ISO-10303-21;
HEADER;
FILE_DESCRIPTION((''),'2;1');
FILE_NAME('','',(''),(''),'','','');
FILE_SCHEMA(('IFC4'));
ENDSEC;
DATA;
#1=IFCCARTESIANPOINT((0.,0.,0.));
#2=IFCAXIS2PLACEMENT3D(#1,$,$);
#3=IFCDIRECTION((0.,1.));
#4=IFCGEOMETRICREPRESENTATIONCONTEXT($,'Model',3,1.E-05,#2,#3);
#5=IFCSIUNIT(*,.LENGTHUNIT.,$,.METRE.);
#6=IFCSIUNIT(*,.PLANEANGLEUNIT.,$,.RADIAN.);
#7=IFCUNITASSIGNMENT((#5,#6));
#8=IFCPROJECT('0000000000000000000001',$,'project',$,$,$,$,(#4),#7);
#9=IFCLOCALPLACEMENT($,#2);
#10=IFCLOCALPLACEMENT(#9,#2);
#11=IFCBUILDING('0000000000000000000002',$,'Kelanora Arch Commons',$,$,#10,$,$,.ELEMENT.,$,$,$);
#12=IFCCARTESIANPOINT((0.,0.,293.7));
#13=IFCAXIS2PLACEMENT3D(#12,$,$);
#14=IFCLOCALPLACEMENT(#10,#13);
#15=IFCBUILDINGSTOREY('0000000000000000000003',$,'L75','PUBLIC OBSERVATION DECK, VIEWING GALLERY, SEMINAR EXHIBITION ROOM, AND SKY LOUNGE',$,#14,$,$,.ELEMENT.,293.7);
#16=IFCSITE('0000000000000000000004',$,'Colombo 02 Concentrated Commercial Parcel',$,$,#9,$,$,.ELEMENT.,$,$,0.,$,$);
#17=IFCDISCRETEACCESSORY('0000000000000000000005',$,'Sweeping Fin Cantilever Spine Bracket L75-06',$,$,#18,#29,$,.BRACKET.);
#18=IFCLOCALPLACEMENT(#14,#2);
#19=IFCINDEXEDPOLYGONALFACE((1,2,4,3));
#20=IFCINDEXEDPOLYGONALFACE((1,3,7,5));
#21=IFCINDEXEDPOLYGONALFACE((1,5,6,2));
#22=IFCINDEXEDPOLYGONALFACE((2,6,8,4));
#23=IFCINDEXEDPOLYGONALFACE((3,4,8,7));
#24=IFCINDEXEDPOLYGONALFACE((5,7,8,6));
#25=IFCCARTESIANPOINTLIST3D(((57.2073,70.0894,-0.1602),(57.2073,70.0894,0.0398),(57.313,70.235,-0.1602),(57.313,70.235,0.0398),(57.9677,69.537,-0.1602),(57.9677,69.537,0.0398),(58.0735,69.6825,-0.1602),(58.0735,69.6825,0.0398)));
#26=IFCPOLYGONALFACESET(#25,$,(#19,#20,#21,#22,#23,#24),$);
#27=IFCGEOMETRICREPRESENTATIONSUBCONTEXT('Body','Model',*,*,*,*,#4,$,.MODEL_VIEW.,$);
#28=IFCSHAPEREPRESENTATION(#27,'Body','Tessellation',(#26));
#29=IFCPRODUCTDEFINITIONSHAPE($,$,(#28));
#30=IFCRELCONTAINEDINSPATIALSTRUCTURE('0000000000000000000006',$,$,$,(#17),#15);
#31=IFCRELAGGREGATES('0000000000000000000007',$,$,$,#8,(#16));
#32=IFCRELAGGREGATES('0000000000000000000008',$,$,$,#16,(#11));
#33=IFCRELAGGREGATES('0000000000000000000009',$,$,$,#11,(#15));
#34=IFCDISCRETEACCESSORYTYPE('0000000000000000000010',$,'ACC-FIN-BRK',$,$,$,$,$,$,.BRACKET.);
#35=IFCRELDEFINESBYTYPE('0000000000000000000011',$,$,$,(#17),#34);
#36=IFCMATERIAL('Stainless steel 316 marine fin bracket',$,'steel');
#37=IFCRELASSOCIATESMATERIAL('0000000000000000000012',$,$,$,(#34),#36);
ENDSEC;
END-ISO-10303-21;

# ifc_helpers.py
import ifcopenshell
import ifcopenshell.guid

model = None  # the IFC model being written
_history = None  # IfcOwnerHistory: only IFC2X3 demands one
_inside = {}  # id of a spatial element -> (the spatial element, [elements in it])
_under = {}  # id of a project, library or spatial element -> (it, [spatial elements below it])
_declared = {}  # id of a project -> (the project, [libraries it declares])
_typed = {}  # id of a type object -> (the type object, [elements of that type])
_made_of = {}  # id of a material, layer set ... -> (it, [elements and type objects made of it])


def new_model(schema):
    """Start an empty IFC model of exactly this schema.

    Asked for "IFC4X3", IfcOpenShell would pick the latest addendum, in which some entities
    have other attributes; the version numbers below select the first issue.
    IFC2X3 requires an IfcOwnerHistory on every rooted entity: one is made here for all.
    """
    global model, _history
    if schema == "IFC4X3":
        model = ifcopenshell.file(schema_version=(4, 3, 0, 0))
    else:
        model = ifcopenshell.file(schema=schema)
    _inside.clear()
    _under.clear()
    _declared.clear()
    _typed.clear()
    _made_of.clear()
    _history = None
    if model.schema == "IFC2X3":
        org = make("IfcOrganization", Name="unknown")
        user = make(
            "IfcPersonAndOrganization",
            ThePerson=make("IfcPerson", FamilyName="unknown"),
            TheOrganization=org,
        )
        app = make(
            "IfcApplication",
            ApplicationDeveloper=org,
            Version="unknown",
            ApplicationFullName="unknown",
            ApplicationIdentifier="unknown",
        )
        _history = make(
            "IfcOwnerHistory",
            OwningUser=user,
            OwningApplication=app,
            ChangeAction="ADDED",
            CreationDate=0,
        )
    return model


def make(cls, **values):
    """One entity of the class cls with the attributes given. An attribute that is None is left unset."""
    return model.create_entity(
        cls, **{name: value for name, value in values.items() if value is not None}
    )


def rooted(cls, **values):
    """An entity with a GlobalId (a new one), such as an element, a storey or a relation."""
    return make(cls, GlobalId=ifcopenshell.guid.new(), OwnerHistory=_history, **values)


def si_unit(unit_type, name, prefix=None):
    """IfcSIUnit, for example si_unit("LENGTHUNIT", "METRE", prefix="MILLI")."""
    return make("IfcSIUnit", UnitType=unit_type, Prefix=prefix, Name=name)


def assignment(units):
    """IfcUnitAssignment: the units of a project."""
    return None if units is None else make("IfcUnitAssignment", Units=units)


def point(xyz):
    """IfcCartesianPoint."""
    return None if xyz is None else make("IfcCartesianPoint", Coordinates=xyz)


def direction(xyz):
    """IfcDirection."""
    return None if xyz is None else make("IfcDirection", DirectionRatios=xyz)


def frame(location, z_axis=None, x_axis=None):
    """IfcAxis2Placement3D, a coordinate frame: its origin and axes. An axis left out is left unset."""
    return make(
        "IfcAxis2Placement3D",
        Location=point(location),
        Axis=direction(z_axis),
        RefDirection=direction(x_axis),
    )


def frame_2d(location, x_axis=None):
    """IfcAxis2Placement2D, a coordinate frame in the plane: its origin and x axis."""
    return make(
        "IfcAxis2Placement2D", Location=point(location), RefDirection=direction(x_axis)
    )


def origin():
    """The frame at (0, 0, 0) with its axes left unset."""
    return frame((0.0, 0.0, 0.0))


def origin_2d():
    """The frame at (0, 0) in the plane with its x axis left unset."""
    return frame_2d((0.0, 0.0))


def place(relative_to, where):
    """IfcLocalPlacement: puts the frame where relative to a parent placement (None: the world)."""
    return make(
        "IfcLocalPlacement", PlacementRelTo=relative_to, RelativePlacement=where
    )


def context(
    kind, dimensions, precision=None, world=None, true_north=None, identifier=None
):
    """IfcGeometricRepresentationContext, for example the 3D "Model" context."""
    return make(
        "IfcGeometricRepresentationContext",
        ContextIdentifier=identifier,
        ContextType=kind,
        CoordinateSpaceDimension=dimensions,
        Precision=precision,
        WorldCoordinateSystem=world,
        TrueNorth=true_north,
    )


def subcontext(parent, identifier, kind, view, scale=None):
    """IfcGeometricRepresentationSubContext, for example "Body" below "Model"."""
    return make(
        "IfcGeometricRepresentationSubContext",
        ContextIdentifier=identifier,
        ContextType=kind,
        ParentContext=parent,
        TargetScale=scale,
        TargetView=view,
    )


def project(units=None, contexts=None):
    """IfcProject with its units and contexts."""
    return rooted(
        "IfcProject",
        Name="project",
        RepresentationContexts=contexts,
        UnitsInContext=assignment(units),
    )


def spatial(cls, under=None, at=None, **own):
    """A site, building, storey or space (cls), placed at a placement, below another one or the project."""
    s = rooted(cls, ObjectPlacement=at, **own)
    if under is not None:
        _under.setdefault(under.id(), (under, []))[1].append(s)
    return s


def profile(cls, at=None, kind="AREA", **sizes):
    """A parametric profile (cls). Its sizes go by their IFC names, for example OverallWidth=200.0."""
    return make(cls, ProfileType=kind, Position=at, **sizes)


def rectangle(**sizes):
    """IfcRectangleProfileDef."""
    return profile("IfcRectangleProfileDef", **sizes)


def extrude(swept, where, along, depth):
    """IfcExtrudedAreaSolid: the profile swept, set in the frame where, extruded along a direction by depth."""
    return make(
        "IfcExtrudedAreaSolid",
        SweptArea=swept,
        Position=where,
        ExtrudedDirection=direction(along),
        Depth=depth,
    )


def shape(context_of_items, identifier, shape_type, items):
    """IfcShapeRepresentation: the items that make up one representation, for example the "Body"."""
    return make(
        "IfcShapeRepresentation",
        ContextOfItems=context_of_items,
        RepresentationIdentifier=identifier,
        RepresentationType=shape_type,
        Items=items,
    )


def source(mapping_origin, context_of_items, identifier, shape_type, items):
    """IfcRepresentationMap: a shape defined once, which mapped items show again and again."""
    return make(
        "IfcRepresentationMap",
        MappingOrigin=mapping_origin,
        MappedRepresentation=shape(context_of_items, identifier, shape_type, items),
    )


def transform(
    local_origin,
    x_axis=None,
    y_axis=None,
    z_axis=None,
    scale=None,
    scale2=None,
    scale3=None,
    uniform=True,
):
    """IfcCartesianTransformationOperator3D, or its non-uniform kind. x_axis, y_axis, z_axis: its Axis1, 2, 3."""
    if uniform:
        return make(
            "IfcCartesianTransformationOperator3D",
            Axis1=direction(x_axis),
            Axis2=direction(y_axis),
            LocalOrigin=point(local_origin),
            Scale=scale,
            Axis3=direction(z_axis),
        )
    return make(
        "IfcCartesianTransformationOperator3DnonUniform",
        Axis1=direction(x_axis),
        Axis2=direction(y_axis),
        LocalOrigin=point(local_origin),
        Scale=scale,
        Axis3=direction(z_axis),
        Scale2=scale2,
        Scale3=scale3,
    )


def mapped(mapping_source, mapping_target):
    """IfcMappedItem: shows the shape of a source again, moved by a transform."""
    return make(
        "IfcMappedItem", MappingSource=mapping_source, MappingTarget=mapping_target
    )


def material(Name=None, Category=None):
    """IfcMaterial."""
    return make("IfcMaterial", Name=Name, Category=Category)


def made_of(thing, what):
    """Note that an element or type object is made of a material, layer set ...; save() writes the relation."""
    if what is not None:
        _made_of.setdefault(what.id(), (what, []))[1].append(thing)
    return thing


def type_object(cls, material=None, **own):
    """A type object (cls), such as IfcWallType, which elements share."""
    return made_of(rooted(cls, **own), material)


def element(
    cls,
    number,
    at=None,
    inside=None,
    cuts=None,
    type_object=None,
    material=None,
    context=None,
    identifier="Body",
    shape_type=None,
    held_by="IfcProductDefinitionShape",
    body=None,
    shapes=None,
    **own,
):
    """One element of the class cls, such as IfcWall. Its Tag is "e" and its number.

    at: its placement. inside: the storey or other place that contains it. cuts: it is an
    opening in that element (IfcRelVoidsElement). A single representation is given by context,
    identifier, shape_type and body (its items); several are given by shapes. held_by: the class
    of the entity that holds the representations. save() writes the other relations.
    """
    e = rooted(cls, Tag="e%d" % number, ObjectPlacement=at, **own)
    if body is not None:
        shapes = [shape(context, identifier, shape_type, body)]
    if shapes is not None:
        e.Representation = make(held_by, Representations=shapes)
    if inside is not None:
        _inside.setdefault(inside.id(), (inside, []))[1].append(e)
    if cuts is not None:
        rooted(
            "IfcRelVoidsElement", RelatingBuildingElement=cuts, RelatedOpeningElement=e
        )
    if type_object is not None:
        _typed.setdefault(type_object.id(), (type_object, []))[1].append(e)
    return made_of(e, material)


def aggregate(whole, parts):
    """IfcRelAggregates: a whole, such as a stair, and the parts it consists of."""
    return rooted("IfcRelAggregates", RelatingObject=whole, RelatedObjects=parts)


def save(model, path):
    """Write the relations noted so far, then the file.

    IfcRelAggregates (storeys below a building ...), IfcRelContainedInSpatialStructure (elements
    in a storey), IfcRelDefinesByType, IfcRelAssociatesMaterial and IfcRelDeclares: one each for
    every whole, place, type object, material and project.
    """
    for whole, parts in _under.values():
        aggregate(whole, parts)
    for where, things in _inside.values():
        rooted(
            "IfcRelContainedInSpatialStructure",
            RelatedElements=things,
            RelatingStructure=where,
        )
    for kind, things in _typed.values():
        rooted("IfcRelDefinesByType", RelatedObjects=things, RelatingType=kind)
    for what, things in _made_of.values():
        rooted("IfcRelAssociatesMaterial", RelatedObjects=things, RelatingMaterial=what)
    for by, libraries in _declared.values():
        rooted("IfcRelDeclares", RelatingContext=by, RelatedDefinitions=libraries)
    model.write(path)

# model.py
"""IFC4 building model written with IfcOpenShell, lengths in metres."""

from ifc_helpers import new_model, si_unit, direction, frame, origin, origin_2d, place, context, subcontext, project, spatial, rectangle, extrude, source, transform, mapped, material, type_object, element, save


model = new_model("IFC4")

# Units and contexts
model_context = context("Model", 3, precision=1e-05, world=origin(), true_north=direction((0.0, 1.0)))
body_context = subcontext(model_context, "Body", "Model", "MODEL_VIEW")
ifc_project = project(units=[si_unit("LENGTHUNIT", "METRE"), si_unit("PLANEANGLEUNIT", "RADIAN")], contexts=[model_context])

# Site, building, storey
site_placement = place(None, origin())
site = spatial("IfcSite", under=ifc_project, at=site_placement, Name="Colombo 02 Concentrated Commercial Parcel", CompositionType="ELEMENT", RefElevation=0.0)
building_placement = place(site_placement, origin())
building = spatial("IfcBuilding", under=site, at=building_placement, Name="Kelanora Arch Commons", CompositionType="ELEMENT")
storey_placement = place(building_placement, frame((0.0, 0.0, 293.7)))
storey = spatial("IfcBuildingStorey", under=building, at=storey_placement, Name="L75", Description="PUBLIC OBSERVATION DECK, VIEWING GALLERY, SEMINAR EXHIBITION ROOM, AND SKY LOUNGE", CompositionType="ELEMENT", Elevation=293.7)

# Discrete accessory
ifc_material_1 = material(Name="Stainless steel 316 marine fin bracket", Category="steel")
discrete_accessory_type = type_object("IfcDiscreteAccessoryType", Name="ACC-FIN-BRK", PredefinedType="BRACKET", material=ifc_material_1)
shared_shape_1 = source(origin(), body_context, "Body", "SweptSolid", [
    extrude(rectangle(XDim=0.9399, YDim=0.1799, at=origin_2d()), origin(), (0.0, 0.0, 1.0), 0.2),
])
for number, where, z_axis, x_axis, name in (
    (1, (57.6404, 69.886, -0.1602), (0.0, 0.0, 1.0), (-0.809017, 0.587785, 0.0), "Sweeping Fin Cantilever Spine Bracket L75-06"),
):
    element("IfcDiscreteAccessory", number, at=place(storey_placement, frame(where, z_axis=z_axis, x_axis=x_axis)), inside=storey, type_object=discrete_accessory_type, Name=name, PredefinedType="BRACKET", context=body_context, shape_type="MappedRepresentation", body=[
        mapped(shared_shape_1, transform((0.0, 0.0, 0.0), scale=1.0)),
    ])

save(model, "model.ifc")
